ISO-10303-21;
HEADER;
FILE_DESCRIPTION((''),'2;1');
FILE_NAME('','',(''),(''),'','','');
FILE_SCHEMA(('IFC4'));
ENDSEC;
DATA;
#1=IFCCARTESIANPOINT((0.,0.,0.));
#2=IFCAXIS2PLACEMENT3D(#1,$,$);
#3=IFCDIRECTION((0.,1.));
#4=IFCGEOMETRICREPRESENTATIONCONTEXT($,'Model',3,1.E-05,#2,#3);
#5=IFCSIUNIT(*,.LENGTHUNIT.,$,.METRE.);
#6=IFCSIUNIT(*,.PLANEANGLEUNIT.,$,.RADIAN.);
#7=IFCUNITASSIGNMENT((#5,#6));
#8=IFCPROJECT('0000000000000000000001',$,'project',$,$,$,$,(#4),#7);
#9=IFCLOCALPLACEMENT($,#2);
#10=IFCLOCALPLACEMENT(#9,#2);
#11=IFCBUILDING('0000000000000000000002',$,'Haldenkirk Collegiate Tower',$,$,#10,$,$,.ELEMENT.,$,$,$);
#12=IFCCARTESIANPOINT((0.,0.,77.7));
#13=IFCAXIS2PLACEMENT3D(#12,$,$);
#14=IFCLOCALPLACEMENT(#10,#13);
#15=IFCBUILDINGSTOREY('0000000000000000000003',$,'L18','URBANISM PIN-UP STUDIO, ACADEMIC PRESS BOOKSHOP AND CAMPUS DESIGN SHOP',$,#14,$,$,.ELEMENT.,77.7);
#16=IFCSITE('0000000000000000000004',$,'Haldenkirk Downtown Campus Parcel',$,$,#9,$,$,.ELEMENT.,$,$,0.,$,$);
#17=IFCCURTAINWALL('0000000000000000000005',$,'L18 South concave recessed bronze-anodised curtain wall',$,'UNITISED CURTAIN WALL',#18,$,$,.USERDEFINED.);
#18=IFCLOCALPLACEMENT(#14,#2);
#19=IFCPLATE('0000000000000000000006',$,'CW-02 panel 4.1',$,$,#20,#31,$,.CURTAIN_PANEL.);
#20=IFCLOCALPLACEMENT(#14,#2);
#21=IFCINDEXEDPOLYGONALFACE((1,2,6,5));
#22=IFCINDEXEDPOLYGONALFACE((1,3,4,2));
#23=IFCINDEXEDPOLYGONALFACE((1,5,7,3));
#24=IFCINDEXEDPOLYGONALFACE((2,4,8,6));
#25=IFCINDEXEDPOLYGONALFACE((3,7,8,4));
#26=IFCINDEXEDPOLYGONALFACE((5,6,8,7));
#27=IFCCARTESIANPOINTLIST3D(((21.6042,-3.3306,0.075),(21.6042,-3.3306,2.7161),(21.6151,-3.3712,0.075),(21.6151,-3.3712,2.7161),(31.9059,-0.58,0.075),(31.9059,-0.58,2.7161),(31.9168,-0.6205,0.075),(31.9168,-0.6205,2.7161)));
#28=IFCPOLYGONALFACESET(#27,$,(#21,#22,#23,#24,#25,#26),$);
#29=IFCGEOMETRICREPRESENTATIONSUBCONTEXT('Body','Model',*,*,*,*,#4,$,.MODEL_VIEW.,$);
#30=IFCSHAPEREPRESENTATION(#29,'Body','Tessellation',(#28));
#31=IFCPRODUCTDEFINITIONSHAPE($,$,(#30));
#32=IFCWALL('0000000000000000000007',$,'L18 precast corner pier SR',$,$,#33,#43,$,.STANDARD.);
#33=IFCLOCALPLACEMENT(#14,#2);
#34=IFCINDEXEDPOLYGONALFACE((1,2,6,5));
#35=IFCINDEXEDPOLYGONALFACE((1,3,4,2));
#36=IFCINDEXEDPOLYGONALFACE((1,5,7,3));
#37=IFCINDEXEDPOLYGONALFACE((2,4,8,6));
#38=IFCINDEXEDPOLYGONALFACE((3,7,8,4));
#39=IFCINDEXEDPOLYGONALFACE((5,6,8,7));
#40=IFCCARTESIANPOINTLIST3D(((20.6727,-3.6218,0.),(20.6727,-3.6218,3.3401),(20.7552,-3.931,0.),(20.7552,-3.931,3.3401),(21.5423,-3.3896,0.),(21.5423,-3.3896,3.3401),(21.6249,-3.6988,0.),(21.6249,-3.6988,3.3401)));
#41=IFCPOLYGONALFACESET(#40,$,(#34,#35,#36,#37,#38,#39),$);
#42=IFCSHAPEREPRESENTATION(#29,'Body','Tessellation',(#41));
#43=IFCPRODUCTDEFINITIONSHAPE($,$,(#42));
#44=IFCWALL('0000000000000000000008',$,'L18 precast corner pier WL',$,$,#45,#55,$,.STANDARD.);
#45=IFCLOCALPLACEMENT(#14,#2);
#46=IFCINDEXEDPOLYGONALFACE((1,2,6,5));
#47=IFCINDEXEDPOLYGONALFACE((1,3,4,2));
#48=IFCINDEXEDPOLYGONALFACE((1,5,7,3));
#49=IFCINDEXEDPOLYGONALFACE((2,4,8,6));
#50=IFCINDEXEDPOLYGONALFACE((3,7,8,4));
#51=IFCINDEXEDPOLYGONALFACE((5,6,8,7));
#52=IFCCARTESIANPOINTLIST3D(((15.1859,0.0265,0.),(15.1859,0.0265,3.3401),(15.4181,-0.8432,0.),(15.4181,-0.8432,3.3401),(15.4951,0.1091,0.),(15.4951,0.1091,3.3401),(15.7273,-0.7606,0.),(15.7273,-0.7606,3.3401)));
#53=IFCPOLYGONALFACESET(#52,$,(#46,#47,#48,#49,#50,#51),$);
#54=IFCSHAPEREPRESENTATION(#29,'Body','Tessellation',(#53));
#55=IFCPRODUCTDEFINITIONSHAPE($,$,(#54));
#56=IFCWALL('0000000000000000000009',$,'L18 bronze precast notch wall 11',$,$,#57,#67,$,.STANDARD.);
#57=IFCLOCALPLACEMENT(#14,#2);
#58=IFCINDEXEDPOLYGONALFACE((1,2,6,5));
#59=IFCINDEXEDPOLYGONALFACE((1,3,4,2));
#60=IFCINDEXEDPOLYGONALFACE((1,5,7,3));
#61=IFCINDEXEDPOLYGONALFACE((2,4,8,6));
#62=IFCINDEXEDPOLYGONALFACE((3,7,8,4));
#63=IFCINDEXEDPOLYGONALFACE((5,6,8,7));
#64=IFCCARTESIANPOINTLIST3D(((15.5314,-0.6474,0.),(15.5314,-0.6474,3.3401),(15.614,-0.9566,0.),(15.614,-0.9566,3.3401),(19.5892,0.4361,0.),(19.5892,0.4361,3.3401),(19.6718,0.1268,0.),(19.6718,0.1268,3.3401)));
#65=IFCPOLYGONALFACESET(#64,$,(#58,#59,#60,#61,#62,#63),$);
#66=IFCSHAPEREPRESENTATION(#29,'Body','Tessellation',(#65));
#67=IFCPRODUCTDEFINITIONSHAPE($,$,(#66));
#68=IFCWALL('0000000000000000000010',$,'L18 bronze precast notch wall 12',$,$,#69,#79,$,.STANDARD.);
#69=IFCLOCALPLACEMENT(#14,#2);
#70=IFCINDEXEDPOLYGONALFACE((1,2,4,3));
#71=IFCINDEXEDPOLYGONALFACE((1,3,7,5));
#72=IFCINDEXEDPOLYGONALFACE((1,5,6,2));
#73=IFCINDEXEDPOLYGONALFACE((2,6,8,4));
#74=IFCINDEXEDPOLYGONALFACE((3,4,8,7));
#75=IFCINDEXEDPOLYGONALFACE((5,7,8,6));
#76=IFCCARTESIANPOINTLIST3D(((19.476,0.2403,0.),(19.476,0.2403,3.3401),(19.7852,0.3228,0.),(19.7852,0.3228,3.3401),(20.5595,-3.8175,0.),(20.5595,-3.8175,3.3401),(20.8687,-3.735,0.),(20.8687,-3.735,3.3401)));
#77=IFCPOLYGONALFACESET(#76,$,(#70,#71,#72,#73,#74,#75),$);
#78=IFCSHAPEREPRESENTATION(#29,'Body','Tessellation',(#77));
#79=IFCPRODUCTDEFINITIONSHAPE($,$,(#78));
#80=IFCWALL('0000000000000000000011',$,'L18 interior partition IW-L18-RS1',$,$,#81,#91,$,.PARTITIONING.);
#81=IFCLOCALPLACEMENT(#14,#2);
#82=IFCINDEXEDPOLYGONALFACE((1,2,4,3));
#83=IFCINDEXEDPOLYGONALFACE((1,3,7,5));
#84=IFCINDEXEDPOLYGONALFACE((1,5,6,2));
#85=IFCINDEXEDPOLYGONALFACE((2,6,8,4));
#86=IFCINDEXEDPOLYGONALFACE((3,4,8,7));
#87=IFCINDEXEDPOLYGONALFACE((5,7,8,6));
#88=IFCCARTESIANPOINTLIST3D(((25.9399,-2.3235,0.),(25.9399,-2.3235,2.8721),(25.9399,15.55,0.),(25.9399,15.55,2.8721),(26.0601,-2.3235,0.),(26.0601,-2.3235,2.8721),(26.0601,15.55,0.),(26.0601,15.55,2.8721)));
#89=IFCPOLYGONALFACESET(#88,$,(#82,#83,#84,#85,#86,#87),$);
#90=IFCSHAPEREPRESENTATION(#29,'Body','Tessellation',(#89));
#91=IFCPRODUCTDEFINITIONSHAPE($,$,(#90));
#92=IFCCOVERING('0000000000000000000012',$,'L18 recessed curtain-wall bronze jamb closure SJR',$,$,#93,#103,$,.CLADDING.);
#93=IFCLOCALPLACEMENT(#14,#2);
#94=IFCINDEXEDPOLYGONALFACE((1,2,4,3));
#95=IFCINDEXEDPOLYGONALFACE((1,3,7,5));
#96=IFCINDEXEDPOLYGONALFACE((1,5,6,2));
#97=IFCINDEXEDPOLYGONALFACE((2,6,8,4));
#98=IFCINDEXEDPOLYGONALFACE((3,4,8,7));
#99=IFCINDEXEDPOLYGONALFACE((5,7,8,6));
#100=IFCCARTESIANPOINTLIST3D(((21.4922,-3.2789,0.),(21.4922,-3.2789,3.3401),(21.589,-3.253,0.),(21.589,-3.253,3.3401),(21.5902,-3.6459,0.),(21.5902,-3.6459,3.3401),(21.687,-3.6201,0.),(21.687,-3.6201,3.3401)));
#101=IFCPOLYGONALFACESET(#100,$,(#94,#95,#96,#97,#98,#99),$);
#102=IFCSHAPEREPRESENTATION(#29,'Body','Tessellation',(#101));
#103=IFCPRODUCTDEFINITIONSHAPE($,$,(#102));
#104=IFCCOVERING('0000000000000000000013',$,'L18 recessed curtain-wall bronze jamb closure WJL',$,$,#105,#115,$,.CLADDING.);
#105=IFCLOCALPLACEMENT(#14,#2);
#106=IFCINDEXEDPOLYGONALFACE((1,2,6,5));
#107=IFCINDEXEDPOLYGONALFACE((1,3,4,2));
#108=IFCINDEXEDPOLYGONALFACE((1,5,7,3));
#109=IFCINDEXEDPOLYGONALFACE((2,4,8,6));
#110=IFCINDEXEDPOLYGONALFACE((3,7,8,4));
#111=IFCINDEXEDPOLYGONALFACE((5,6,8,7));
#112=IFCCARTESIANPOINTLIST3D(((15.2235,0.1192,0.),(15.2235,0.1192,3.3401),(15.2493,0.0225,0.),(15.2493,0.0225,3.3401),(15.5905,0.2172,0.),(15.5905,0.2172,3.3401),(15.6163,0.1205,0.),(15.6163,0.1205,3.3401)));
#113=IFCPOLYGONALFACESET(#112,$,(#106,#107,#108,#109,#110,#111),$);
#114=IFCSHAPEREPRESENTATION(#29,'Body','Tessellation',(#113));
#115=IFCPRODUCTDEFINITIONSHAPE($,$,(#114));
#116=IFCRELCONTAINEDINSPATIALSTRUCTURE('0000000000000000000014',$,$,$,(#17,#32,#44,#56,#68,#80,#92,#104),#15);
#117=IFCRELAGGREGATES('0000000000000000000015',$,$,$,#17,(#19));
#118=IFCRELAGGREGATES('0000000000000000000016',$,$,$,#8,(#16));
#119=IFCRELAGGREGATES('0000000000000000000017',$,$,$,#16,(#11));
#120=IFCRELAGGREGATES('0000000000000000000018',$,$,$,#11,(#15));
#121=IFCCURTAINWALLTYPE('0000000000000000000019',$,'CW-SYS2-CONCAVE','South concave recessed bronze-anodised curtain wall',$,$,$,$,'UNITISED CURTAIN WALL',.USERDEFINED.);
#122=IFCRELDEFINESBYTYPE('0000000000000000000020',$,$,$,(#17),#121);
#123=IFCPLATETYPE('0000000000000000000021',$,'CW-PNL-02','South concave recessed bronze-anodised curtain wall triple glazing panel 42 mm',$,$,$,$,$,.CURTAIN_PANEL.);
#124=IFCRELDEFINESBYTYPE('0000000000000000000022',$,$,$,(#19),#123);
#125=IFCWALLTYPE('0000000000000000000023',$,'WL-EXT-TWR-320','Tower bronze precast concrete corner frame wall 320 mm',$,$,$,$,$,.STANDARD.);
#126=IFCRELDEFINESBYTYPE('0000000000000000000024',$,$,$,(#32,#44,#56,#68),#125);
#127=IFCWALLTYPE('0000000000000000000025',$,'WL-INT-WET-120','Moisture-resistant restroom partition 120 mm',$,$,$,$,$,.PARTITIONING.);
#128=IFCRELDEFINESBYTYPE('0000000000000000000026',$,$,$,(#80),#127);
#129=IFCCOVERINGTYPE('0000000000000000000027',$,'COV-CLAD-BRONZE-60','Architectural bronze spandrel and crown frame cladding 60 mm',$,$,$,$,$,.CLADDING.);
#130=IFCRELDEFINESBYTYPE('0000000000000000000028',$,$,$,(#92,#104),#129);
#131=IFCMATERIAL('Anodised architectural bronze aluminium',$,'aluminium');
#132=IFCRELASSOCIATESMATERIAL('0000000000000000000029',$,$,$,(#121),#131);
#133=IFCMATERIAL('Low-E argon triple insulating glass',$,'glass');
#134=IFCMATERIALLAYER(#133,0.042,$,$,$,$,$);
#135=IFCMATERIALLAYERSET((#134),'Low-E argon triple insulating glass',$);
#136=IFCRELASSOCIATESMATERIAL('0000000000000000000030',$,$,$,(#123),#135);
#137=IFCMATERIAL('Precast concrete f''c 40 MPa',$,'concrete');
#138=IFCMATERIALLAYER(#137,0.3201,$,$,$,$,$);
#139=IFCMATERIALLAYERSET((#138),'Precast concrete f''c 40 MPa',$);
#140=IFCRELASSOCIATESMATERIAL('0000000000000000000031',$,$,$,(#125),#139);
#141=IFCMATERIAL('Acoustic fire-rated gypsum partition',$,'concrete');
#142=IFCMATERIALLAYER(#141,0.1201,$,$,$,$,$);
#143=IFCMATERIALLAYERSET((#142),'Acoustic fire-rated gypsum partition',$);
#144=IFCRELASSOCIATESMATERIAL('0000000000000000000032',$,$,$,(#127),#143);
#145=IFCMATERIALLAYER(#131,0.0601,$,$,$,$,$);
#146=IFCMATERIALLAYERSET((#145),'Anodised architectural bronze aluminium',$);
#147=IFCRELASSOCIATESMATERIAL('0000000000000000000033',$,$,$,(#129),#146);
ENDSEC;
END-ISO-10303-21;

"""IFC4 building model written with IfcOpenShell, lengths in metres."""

from ifc_helpers import new_model, si_unit, direction, frame, frame_2d, origin, origin_2d, place, context, subcontext, project, spatial, rectangle, extrude, source, transform, mapped, material, layer, layer_set, type_object, element, aggregate, save


model = new_model("IFC4")

# Units and contexts
model_context = context("Model", 3, precision=1e-05, world=origin(), true_north=direction((0.0, 1.0)))
body_context = subcontext(model_context, "Body", "Model", "MODEL_VIEW")
ifc_project = project(units=[si_unit("LENGTHUNIT", "METRE"), si_unit("PLANEANGLEUNIT", "RADIAN")], contexts=[model_context])

# Site, building, storey
site_placement = place(None, origin())
site = spatial("IfcSite", under=ifc_project, at=site_placement, Name="Haldenkirk Downtown Campus Parcel", CompositionType="ELEMENT", RefElevation=0.0)
building_placement = place(site_placement, origin())
building = spatial("IfcBuilding", under=site, at=building_placement, Name="Haldenkirk Collegiate Tower", CompositionType="ELEMENT")
storey_placement = place(building_placement, frame((0.0, 0.0, 77.7)))
storey = spatial("IfcBuildingStorey", under=building, at=storey_placement, Name="L18", Description="URBANISM PIN-UP STUDIO, ACADEMIC PRESS BOOKSHOP AND CAMPUS DESIGN SHOP", CompositionType="ELEMENT", Elevation=77.7)

# Curtain wall
ifc_material_1 = material(Name="Anodised architectural bronze aluminium", Category="aluminium")
curtain_wall_type_1 = type_object("IfcCurtainWallType", Name="CW-SYS2-CONCAVE", Description="South concave recessed bronze-anodised curtain wall", ElementType="UNITISED CURTAIN WALL", PredefinedType="USERDEFINED", material=ifc_material_1)
curtain_wall_1_placement = place(storey_placement, origin())
curtain_wall_1 = element("IfcCurtainWall", 1, at=curtain_wall_1_placement, inside=storey, type_object=curtain_wall_type_1, Name="L18 South concave recessed bronze-anodised curtain wall", ObjectType="UNITISED CURTAIN WALL", PredefinedType="USERDEFINED")

# Plate
ifc_material_2 = material(Name="Low-E argon triple insulating glass", Category="glass")
ifc_layer_1 = layer(ifc_material_2, 0.042)
ifc_layer_set_1 = layer_set([ifc_layer_1], Name="Low-E argon triple insulating glass")
plate_type = type_object("IfcPlateType", Name="CW-PNL-02", Description="South concave recessed bronze-anodised curtain wall triple glazing panel 42 mm", PredefinedType="CURTAIN_PANEL", material=ifc_layer_set_1)
shared_shape_1 = source(origin(), body_context, "Body", "SweptSolid", [
    extrude(rectangle(XDim=10.6626, YDim=0.042, at=origin_2d()), origin(), (0.0, 0.0, 1.0), 2.6411),
])
plate_placement = place(storey_placement, frame((26.7605, -1.9756, 0.075), z_axis=(0.0, 0.0, 1.0), x_axis=(-0.966151, -0.257976, 0.0)))
plate = element("IfcPlate", 2, at=plate_placement, type_object=plate_type, Name="CW-02 panel 4.1", PredefinedType="CURTAIN_PANEL", context=body_context, shape_type="MappedRepresentation", body=[
    mapped(shared_shape_1, transform((0.0, 0.0, 0.0), x_axis=(1.0, 0.0, 0.0), y_axis=(0.0, 1.0, 0.0), z_axis=(0.0, 0.0, 1.0), scale=1.0)),
])
aggregate(curtain_wall_1, [plate])

# Walls
ifc_material_3 = material(Name="Precast concrete f'c 40 MPa", Category="concrete")
ifc_layer_2 = layer(ifc_material_3, 0.3201)
ifc_layer_set_2 = layer_set([ifc_layer_2], Name="Precast concrete f'c 40 MPa")
wall_type_1 = type_object("IfcWallType", Name="WL-EXT-TWR-320", Description="Tower bronze precast concrete corner frame wall 320 mm", PredefinedType="STANDARD", material=ifc_layer_set_2)
for number, where, z_axis, x_axis, name in (
    (3, (21.5837, -3.5442, 0.0), (0.0, 0.0, 1.0), (-0.966158, -0.25795, 0.0), "L18 precast corner pier SR"),
    (4, (15.5728, -0.802, 0.0), (0.0, 0.0, 1.0), (-0.25795, 0.966158, 0.0), "L18 precast corner pier WL"),
):
    element("IfcWall", number, at=place(storey_placement, frame(where, z_axis=z_axis, x_axis=x_axis)), inside=storey, type_object=wall_type_1, Name=name, PredefinedType="STANDARD", context=body_context, shape_type="SweptSolid", body=[
        extrude(rectangle(XDim=0.9001, YDim=0.3201, at=frame_2d((0.4502, 0.0))), origin(), (0.0, 0.0, 1.0), 3.3401),
    ])
for number, where, z_axis, x_axis, name in (
    (5, (19.6306, 0.2815, 0.0), (0.0, 0.0, 1.0), (-0.966152, -0.257974, 0.0), "L18 bronze precast notch wall 11"),
    (6, (20.7141, -3.7764, 0.0), (0.0, 0.0, 1.0), (-0.257974, 0.966152, 0.0), "L18 bronze precast notch wall 12"),
):
    element("IfcWall", number, at=place(storey_placement, frame(where, z_axis=z_axis, x_axis=x_axis)), inside=storey, type_object=wall_type_1, Name=name, PredefinedType="STANDARD", context=body_context, shape_type="SweptSolid", body=[
        extrude(rectangle(XDim=4.2, YDim=0.3201, at=frame_2d((2.1001, 0.0))), origin(), (0.0, 0.0, 1.0), 3.3401),
    ])
ifc_material_4 = material(Name="Acoustic fire-rated gypsum partition", Category="concrete")
ifc_layer_3 = layer(ifc_material_4, 0.1201)
ifc_layer_set_3 = layer_set([ifc_layer_3], Name="Acoustic fire-rated gypsum partition")
wall_type_2 = type_object("IfcWallType", Name="WL-INT-WET-120", Description="Moisture-resistant restroom partition 120 mm", PredefinedType="PARTITIONING", material=ifc_layer_set_3)
wall_placement = place(storey_placement, frame((26.0, -2.3235, 0.0), z_axis=(0.0, 0.0, 1.0), x_axis=(0.0, 1.0, 0.0)))
element("IfcWall", 7, at=wall_placement, inside=storey, type_object=wall_type_2, Name="L18 interior partition IW-L18-RS1", PredefinedType="PARTITIONING", context=body_context, shape_type="SweptSolid", body=[
    extrude(rectangle(XDim=17.8735, YDim=0.1201, at=frame_2d((8.9368, 0.0))), origin(), (0.0, 0.0, 1.0), 2.8721),
])

# Coverings
ifc_layer_4 = layer(ifc_material_1, 0.0601)
ifc_layer_set_4 = layer_set([ifc_layer_4], Name="Anodised architectural bronze aluminium")
covering_type = type_object("IfcCoveringType", Name="COV-CLAD-BRONZE-60", Description="Architectural bronze spandrel and crown frame cladding 60 mm", PredefinedType="CLADDING", material=ifc_layer_set_4)
shared_shape_2 = source(origin(), body_context, "Body", "SweptSolid", [
    extrude(rectangle(XDim=0.1001, YDim=0.3799, at=origin_2d()), origin(), (0.0, 0.0, 1.0), 3.3401),
])
for number, where, z_axis, x_axis, name in (
    (8, (21.5896, -3.4495, 0.0), (0.0, 0.0, 1.0), (-0.966151, -0.257976, 0.0), "L18 recessed curtain-wall bronze jamb closure SJR"),
    (9, (15.4199, 0.1199, 0.0), (0.0, 0.0, 1.0), (-0.257976, 0.966151, 0.0), "L18 recessed curtain-wall bronze jamb closure WJL"),
):
    element("IfcCovering", number, at=place(storey_placement, frame(where, z_axis=z_axis, x_axis=x_axis)), inside=storey, type_object=covering_type, Name=name, PredefinedType="CLADDING", context=body_context, shape_type="MappedRepresentation", body=[
        mapped(shared_shape_2, transform((0.0, 0.0, 0.0), x_axis=(1.0, 0.0, 0.0), y_axis=(0.0, 1.0, 0.0), z_axis=(0.0, 0.0, 1.0), scale=1.0)),
    ])

save(model, "model.ifc")
